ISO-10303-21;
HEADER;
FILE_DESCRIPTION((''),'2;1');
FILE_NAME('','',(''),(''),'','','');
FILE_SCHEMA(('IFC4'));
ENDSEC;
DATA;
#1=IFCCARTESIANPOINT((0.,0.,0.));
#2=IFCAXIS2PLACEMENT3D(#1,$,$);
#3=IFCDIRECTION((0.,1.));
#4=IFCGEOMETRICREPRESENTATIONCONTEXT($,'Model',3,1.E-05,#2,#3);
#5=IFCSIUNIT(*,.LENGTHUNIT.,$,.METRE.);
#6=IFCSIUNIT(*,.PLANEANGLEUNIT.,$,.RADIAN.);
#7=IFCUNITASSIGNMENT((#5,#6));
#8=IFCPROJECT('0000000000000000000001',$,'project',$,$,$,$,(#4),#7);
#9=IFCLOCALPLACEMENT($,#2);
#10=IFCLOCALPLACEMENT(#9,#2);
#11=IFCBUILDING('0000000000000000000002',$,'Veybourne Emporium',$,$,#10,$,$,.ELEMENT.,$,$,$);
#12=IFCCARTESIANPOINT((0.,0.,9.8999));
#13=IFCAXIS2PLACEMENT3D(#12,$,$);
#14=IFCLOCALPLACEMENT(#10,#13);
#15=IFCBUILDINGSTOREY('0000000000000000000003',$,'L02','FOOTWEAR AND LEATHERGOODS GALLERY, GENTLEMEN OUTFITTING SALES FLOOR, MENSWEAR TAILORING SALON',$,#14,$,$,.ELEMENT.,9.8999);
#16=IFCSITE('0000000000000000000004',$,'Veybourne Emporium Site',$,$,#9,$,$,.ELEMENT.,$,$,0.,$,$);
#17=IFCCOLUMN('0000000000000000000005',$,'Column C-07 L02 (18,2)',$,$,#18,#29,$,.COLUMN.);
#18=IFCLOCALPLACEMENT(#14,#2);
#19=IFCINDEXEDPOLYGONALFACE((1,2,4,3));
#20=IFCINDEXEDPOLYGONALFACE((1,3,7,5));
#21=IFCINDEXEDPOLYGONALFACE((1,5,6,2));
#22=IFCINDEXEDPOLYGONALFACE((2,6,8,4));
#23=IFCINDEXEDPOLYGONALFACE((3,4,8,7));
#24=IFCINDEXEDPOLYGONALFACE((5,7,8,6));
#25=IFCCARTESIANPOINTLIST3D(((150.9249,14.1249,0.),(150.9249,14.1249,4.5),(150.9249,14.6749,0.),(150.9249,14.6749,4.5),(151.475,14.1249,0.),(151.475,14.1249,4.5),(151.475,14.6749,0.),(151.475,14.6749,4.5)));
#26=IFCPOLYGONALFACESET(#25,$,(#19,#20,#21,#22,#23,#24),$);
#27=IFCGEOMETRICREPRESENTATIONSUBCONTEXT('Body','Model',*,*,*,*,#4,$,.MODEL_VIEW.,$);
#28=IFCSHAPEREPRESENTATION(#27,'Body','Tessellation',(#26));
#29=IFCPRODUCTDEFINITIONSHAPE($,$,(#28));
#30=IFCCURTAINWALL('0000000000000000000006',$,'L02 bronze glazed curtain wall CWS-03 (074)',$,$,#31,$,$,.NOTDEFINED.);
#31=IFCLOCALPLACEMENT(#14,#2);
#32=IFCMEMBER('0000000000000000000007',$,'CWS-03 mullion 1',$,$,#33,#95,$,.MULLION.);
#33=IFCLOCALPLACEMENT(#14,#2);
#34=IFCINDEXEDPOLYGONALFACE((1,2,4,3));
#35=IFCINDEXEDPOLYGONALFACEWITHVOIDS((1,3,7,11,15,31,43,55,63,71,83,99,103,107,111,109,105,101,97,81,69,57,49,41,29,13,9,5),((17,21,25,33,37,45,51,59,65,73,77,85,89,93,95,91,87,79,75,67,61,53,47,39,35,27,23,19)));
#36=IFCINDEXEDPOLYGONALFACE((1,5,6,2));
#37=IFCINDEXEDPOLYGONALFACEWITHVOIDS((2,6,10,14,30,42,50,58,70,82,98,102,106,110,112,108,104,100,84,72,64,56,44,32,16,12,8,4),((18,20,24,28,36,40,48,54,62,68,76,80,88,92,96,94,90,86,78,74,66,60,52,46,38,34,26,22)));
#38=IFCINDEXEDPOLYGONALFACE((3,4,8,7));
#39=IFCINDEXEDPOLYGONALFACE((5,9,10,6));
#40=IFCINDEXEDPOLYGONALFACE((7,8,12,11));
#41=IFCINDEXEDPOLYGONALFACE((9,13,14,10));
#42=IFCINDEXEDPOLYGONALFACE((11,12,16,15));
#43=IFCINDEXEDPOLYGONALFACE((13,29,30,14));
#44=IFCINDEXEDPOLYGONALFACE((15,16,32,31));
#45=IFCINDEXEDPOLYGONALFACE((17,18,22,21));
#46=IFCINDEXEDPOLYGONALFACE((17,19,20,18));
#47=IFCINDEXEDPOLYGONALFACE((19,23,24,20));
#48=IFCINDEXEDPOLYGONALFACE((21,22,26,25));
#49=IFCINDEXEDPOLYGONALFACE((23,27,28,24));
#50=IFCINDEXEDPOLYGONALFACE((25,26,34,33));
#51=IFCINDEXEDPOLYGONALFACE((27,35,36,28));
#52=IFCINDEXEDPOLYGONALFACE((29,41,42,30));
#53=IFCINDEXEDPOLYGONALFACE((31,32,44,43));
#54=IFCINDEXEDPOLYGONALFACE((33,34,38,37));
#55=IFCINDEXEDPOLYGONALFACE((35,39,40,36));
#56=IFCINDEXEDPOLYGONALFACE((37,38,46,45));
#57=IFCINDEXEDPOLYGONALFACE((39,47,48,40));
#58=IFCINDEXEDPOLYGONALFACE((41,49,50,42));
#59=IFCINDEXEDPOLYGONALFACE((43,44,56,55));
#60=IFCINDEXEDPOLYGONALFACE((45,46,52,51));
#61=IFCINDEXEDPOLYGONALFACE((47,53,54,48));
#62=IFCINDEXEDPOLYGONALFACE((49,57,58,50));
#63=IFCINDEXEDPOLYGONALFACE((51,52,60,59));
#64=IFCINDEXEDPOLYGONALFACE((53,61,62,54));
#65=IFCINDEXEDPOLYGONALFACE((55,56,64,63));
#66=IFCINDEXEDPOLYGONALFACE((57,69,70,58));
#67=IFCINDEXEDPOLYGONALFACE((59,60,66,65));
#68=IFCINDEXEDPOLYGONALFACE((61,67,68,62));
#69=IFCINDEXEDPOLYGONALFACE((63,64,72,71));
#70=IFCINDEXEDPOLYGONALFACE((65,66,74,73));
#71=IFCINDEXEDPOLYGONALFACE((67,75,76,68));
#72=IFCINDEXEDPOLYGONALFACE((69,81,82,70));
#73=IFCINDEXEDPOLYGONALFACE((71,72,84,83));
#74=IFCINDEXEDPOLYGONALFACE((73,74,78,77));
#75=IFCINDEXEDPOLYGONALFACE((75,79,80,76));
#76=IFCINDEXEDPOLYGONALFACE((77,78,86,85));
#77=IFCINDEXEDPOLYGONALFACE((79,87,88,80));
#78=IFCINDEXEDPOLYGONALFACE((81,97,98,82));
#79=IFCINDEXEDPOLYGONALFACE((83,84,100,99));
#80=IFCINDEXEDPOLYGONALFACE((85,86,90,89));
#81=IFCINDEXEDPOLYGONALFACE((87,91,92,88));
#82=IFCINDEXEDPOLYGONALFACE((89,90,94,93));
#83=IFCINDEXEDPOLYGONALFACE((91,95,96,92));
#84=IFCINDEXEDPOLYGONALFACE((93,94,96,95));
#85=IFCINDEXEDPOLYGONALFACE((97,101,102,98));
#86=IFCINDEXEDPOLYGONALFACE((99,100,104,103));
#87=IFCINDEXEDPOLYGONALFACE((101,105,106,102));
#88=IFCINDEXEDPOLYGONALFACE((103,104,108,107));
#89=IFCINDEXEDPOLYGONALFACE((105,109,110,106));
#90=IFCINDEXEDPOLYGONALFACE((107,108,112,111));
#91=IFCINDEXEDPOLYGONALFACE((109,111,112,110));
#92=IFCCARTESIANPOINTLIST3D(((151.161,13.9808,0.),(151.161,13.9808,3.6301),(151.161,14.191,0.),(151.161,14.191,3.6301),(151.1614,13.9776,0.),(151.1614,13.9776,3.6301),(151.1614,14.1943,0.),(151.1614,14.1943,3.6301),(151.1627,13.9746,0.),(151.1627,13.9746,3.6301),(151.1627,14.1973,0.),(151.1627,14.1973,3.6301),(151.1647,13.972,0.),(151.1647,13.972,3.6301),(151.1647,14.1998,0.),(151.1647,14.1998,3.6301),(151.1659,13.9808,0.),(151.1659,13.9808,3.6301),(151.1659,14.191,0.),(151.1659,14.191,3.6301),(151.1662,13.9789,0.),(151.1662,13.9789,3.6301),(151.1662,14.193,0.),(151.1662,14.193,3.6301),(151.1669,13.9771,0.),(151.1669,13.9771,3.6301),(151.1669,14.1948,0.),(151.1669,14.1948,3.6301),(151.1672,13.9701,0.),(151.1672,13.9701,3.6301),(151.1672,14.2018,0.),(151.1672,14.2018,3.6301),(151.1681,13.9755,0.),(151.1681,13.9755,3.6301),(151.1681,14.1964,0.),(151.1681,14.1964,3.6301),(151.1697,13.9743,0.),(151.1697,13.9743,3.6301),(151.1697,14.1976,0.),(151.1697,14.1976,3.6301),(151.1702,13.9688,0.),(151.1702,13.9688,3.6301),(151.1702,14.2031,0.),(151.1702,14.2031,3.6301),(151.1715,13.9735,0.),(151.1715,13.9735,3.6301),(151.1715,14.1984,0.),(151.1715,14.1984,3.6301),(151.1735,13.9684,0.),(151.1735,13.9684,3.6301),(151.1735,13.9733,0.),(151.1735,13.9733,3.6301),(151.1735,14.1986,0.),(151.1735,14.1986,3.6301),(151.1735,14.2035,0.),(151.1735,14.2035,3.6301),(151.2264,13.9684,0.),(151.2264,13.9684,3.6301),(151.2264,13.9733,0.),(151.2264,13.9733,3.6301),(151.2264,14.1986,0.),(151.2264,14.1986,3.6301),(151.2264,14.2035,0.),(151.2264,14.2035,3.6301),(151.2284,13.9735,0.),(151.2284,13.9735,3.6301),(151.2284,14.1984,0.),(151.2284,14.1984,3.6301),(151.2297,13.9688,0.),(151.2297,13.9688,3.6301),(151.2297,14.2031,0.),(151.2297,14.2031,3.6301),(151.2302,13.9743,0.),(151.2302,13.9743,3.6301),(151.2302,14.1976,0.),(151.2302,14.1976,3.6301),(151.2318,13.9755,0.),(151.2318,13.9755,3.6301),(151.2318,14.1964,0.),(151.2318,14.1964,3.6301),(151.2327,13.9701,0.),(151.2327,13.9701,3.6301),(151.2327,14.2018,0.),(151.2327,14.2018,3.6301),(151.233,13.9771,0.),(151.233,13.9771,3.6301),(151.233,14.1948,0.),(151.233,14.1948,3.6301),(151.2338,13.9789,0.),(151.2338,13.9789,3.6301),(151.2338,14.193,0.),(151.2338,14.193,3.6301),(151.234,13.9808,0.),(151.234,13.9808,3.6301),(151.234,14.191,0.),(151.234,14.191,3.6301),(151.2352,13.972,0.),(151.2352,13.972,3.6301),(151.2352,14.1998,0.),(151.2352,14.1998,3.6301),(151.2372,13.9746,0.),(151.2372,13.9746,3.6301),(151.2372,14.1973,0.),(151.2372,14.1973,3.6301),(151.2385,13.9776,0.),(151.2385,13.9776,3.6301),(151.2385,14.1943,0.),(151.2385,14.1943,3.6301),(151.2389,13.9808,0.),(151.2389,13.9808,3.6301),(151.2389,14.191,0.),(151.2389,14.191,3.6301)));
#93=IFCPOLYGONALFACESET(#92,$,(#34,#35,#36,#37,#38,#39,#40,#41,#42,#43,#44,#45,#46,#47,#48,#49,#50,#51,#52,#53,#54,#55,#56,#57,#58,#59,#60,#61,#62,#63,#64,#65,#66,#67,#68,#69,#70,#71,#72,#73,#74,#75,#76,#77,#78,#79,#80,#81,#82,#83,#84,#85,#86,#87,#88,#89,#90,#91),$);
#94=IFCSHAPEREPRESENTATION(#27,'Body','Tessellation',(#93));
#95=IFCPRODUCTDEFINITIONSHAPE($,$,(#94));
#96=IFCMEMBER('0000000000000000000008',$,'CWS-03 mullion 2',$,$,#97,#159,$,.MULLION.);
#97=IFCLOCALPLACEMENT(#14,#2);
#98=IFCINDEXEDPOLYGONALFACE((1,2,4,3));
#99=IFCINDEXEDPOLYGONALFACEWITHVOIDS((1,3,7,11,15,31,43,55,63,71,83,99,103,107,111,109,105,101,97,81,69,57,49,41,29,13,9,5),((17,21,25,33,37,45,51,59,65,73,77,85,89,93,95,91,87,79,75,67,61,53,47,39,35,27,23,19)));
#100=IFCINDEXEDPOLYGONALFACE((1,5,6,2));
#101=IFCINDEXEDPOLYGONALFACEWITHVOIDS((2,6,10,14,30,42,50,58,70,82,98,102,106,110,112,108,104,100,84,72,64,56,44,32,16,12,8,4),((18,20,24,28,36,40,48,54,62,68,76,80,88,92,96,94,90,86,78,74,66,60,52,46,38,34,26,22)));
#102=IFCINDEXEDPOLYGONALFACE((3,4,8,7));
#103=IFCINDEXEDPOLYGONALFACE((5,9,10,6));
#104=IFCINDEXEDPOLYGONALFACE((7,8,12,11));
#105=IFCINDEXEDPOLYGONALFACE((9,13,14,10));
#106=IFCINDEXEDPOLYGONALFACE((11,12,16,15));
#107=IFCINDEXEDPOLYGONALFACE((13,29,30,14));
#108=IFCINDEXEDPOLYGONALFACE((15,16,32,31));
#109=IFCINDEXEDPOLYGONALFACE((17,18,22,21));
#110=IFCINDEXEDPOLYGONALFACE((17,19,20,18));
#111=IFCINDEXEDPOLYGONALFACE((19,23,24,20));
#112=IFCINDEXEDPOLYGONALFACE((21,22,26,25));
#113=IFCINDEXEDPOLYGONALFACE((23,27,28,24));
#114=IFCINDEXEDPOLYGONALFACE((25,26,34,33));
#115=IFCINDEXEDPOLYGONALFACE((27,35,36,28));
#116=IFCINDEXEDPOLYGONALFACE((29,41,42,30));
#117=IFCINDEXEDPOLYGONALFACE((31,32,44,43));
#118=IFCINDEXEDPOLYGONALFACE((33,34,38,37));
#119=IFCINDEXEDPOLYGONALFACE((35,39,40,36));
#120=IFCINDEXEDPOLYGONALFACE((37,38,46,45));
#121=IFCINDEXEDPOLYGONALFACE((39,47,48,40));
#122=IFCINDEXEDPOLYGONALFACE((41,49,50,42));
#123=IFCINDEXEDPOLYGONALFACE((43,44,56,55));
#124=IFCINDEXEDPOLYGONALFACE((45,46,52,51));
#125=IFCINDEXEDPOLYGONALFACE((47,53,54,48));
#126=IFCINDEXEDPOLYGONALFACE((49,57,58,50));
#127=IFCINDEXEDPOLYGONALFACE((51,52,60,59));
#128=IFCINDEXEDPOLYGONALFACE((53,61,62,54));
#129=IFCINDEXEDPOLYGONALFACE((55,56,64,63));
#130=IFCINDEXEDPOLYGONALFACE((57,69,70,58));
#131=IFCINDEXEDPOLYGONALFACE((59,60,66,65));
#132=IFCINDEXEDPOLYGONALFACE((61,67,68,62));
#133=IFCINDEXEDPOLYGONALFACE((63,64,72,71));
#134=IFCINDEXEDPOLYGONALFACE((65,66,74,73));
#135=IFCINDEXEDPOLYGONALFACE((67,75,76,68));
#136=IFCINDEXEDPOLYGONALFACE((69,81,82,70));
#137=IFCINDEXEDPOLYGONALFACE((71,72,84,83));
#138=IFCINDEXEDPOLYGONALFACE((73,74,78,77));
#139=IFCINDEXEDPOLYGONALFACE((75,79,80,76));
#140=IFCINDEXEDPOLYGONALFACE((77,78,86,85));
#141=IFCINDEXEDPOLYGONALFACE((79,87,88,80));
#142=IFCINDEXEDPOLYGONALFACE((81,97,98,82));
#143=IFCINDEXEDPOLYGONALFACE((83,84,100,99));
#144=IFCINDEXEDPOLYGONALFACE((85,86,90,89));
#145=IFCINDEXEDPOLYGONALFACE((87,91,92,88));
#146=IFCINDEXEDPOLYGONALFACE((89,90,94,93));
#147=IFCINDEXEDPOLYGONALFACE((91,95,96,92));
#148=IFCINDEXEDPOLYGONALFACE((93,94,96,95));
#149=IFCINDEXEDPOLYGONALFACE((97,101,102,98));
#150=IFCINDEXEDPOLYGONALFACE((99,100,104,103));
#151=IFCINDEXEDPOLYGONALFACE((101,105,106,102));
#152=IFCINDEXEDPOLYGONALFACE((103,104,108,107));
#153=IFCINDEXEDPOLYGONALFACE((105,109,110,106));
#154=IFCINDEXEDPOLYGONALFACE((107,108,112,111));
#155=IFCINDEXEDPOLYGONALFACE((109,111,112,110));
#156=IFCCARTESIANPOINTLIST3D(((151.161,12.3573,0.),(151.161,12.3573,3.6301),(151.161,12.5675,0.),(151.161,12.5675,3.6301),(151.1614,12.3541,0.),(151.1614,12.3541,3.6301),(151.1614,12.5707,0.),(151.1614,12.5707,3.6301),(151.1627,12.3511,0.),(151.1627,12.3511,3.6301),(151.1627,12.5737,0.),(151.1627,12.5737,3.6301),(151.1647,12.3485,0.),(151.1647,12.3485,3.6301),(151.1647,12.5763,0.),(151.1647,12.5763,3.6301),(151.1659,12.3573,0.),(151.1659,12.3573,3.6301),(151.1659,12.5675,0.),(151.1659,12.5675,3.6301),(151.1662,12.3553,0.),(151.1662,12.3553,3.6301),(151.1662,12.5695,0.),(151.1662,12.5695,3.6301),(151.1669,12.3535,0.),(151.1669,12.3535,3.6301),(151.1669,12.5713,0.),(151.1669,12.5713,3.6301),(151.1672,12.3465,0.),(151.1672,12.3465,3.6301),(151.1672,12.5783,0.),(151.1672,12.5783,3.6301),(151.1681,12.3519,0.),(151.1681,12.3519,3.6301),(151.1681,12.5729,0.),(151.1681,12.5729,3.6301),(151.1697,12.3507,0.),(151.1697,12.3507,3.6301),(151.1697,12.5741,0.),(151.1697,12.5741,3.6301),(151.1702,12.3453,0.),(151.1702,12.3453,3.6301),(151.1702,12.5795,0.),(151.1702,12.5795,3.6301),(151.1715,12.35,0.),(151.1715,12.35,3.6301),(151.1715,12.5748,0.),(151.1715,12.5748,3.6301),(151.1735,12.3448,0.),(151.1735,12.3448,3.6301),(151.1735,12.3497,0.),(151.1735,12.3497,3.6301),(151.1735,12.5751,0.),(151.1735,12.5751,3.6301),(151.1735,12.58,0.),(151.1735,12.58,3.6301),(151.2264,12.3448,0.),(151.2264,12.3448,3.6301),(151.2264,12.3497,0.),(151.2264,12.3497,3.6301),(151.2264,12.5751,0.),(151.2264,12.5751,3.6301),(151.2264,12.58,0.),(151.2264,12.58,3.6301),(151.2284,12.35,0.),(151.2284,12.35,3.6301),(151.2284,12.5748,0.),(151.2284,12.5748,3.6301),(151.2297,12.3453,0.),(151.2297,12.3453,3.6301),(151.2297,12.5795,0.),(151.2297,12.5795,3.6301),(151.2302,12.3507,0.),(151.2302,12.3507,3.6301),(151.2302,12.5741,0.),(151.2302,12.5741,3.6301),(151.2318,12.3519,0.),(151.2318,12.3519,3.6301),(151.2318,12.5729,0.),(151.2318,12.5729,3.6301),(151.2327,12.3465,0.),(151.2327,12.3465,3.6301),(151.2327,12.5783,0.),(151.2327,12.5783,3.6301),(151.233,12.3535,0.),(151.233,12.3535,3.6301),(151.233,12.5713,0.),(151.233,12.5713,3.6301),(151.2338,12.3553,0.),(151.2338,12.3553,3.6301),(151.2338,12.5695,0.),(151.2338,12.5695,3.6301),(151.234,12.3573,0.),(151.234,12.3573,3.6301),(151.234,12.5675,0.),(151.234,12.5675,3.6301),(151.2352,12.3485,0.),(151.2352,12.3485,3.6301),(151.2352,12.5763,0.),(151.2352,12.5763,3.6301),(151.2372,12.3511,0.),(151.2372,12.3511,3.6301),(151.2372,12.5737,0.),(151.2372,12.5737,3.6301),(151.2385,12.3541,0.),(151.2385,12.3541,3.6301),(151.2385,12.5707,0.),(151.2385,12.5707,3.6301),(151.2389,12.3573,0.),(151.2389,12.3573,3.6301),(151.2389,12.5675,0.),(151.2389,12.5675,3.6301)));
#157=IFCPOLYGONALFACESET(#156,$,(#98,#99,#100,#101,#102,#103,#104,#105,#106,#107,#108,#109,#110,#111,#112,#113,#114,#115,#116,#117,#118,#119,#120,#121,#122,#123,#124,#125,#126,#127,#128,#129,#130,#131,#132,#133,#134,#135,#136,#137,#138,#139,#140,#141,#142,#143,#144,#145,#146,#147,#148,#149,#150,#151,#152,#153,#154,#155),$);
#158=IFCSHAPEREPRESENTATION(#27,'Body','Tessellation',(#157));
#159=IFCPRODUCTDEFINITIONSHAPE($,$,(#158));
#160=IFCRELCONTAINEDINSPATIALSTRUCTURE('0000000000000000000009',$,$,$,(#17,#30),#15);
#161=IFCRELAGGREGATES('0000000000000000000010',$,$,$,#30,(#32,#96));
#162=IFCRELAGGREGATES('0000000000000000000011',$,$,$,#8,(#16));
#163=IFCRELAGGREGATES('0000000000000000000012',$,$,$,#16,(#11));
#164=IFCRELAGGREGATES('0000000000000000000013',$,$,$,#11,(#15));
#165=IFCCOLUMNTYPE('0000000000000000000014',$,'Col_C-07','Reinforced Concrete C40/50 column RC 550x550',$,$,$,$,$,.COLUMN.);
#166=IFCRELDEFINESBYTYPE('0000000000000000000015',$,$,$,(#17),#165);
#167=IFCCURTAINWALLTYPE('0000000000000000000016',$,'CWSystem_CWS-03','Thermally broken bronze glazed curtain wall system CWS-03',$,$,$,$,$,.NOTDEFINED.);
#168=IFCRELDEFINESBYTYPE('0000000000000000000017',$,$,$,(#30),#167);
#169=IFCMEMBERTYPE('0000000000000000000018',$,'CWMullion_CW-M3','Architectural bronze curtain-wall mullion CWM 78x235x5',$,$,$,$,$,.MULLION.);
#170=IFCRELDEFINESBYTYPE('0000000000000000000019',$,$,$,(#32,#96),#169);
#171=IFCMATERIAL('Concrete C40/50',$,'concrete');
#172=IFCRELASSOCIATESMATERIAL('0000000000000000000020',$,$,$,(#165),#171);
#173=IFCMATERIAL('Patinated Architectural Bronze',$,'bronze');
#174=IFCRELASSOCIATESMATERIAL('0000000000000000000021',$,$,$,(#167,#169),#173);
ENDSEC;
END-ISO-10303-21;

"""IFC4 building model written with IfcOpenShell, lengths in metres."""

from ifc_helpers import new_model, si_unit, direction, frame, origin, origin_2d, place, context, subcontext, project, spatial, rectangle, hollow_rectangle, extrude, material, material_profile, profile_set, type_object, element, aggregate, save


model = new_model("IFC4")

# Units and contexts
model_context = context("Model", 3, precision=1e-05, world=origin(), true_north=direction((0.0, 1.0)))
body_context = subcontext(model_context, "Body", "Model", "MODEL_VIEW")
ifc_project = project(units=[si_unit("LENGTHUNIT", "METRE"), si_unit("PLANEANGLEUNIT", "RADIAN")], contexts=[model_context])

# Site, building, storey
site_placement = place(None, origin())
site = spatial("IfcSite", under=ifc_project, at=site_placement, Name="Veybourne Emporium Site", CompositionType="ELEMENT", RefElevation=0.0)
building_placement = place(site_placement, origin())
building = spatial("IfcBuilding", under=site, at=building_placement, Name="Veybourne Emporium", CompositionType="ELEMENT")
storey_placement = place(building_placement, frame((0.0, 0.0, 9.8999)))
storey = spatial("IfcBuildingStorey", under=building, at=storey_placement, Name="L02", Description="FOOTWEAR AND LEATHERGOODS GALLERY, GENTLEMEN OUTFITTING SALES FLOOR, MENSWEAR TAILORING SALON", CompositionType="ELEMENT", Elevation=9.8999)

# Column
ifc_material_1 = material(Name="Concrete C40/50", Category="concrete")
ifc_material_profile_1 = material_profile(ifc_material_1, rectangle(XDim=0.55, YDim=0.55, at=origin_2d()), Name="RC 550x550")
ifc_profile_set_1 = profile_set([ifc_material_profile_1], Name="Concrete C40/50")
column_type = type_object("IfcColumnType", Name="Col_C-07", Description="Reinforced Concrete C40/50 column RC 550x550", PredefinedType="COLUMN", material=ifc_profile_set_1)
column_placement = place(storey_placement, frame((151.2, 14.3999, 0.0), z_axis=(0.0, 0.0, 1.0), x_axis=(1.0, 0.0, 0.0)))
element("IfcColumn", 1, at=column_placement, inside=storey, type_object=column_type, Name="Column C-07 L02 (18,2)", PredefinedType="COLUMN", context=body_context, shape_type="SweptSolid", body=[
    extrude(rectangle(XDim=0.55, YDim=0.55, at=origin_2d()), origin(), (0.0, 0.0, 1.0), 4.5),
])

# Curtain wall, members
ifc_material_2 = material(Name="Patinated Architectural Bronze", Category="bronze")
curtain_wall_type_1 = type_object("IfcCurtainWallType", Name="CWSystem_CWS-03", Description="Thermally broken bronze glazed curtain wall system CWS-03", PredefinedType="NOTDEFINED", material=ifc_material_2)
curtain_wall_1_placement = place(storey_placement, origin())
curtain_wall_1 = element("IfcCurtainWall", 2, at=curtain_wall_1_placement, inside=storey, type_object=curtain_wall_type_1, Name="L02 bronze glazed curtain wall CWS-03 (074)", PredefinedType="NOTDEFINED")
ifc_material_profile_2 = material_profile(ifc_material_2, hollow_rectangle(XDim=0.0779, YDim=0.2351, WallThickness=0.0049, InnerFilletRadius=0.0076, OuterFilletRadius=0.0125, at=origin_2d()), Name="CWM 78x235x5")
ifc_profile_set_2 = profile_set([ifc_material_profile_2], Name="Patinated Architectural Bronze")
member_type_1 = type_object("IfcMemberType", Name="CWMullion_CW-M3", Description="Architectural bronze curtain-wall mullion CWM 78x235x5", PredefinedType="MULLION", material=ifc_profile_set_2)
member_1_placement = place(storey_placement, frame((151.2, 14.0859, 0.0), z_axis=(0.0, 0.0, 1.0), x_axis=(1.0, 0.0, 0.0)))
member_1 = element("IfcMember", 3, at=member_1_placement, type_object=member_type_1, Name="CWS-03 mullion 1", PredefinedType="MULLION", context=body_context, shape_type="SweptSolid", body=[
    extrude(hollow_rectangle(XDim=0.0779, YDim=0.2351, WallThickness=0.0049, InnerFilletRadius=0.0076, OuterFilletRadius=0.0125, at=origin_2d()), origin(), (0.0, 0.0, 1.0), 3.6301),
])
member_2_placement = place(storey_placement, frame((151.2, 12.4624, 0.0), z_axis=(0.0, 0.0, 1.0), x_axis=(1.0, 0.0, 0.0)))
member_2 = element("IfcMember", 4, at=member_2_placement, type_object=member_type_1, Name="CWS-03 mullion 2", PredefinedType="MULLION", context=body_context, shape_type="SweptSolid", body=[
    extrude(hollow_rectangle(XDim=0.0779, YDim=0.2351, WallThickness=0.0049, InnerFilletRadius=0.0076, OuterFilletRadius=0.0125, at=origin_2d()), origin(), (0.0, 0.0, 1.0), 3.6301),
])

aggregate(curtain_wall_1, [member_1, member_2])

save(model, "model.ifc")
